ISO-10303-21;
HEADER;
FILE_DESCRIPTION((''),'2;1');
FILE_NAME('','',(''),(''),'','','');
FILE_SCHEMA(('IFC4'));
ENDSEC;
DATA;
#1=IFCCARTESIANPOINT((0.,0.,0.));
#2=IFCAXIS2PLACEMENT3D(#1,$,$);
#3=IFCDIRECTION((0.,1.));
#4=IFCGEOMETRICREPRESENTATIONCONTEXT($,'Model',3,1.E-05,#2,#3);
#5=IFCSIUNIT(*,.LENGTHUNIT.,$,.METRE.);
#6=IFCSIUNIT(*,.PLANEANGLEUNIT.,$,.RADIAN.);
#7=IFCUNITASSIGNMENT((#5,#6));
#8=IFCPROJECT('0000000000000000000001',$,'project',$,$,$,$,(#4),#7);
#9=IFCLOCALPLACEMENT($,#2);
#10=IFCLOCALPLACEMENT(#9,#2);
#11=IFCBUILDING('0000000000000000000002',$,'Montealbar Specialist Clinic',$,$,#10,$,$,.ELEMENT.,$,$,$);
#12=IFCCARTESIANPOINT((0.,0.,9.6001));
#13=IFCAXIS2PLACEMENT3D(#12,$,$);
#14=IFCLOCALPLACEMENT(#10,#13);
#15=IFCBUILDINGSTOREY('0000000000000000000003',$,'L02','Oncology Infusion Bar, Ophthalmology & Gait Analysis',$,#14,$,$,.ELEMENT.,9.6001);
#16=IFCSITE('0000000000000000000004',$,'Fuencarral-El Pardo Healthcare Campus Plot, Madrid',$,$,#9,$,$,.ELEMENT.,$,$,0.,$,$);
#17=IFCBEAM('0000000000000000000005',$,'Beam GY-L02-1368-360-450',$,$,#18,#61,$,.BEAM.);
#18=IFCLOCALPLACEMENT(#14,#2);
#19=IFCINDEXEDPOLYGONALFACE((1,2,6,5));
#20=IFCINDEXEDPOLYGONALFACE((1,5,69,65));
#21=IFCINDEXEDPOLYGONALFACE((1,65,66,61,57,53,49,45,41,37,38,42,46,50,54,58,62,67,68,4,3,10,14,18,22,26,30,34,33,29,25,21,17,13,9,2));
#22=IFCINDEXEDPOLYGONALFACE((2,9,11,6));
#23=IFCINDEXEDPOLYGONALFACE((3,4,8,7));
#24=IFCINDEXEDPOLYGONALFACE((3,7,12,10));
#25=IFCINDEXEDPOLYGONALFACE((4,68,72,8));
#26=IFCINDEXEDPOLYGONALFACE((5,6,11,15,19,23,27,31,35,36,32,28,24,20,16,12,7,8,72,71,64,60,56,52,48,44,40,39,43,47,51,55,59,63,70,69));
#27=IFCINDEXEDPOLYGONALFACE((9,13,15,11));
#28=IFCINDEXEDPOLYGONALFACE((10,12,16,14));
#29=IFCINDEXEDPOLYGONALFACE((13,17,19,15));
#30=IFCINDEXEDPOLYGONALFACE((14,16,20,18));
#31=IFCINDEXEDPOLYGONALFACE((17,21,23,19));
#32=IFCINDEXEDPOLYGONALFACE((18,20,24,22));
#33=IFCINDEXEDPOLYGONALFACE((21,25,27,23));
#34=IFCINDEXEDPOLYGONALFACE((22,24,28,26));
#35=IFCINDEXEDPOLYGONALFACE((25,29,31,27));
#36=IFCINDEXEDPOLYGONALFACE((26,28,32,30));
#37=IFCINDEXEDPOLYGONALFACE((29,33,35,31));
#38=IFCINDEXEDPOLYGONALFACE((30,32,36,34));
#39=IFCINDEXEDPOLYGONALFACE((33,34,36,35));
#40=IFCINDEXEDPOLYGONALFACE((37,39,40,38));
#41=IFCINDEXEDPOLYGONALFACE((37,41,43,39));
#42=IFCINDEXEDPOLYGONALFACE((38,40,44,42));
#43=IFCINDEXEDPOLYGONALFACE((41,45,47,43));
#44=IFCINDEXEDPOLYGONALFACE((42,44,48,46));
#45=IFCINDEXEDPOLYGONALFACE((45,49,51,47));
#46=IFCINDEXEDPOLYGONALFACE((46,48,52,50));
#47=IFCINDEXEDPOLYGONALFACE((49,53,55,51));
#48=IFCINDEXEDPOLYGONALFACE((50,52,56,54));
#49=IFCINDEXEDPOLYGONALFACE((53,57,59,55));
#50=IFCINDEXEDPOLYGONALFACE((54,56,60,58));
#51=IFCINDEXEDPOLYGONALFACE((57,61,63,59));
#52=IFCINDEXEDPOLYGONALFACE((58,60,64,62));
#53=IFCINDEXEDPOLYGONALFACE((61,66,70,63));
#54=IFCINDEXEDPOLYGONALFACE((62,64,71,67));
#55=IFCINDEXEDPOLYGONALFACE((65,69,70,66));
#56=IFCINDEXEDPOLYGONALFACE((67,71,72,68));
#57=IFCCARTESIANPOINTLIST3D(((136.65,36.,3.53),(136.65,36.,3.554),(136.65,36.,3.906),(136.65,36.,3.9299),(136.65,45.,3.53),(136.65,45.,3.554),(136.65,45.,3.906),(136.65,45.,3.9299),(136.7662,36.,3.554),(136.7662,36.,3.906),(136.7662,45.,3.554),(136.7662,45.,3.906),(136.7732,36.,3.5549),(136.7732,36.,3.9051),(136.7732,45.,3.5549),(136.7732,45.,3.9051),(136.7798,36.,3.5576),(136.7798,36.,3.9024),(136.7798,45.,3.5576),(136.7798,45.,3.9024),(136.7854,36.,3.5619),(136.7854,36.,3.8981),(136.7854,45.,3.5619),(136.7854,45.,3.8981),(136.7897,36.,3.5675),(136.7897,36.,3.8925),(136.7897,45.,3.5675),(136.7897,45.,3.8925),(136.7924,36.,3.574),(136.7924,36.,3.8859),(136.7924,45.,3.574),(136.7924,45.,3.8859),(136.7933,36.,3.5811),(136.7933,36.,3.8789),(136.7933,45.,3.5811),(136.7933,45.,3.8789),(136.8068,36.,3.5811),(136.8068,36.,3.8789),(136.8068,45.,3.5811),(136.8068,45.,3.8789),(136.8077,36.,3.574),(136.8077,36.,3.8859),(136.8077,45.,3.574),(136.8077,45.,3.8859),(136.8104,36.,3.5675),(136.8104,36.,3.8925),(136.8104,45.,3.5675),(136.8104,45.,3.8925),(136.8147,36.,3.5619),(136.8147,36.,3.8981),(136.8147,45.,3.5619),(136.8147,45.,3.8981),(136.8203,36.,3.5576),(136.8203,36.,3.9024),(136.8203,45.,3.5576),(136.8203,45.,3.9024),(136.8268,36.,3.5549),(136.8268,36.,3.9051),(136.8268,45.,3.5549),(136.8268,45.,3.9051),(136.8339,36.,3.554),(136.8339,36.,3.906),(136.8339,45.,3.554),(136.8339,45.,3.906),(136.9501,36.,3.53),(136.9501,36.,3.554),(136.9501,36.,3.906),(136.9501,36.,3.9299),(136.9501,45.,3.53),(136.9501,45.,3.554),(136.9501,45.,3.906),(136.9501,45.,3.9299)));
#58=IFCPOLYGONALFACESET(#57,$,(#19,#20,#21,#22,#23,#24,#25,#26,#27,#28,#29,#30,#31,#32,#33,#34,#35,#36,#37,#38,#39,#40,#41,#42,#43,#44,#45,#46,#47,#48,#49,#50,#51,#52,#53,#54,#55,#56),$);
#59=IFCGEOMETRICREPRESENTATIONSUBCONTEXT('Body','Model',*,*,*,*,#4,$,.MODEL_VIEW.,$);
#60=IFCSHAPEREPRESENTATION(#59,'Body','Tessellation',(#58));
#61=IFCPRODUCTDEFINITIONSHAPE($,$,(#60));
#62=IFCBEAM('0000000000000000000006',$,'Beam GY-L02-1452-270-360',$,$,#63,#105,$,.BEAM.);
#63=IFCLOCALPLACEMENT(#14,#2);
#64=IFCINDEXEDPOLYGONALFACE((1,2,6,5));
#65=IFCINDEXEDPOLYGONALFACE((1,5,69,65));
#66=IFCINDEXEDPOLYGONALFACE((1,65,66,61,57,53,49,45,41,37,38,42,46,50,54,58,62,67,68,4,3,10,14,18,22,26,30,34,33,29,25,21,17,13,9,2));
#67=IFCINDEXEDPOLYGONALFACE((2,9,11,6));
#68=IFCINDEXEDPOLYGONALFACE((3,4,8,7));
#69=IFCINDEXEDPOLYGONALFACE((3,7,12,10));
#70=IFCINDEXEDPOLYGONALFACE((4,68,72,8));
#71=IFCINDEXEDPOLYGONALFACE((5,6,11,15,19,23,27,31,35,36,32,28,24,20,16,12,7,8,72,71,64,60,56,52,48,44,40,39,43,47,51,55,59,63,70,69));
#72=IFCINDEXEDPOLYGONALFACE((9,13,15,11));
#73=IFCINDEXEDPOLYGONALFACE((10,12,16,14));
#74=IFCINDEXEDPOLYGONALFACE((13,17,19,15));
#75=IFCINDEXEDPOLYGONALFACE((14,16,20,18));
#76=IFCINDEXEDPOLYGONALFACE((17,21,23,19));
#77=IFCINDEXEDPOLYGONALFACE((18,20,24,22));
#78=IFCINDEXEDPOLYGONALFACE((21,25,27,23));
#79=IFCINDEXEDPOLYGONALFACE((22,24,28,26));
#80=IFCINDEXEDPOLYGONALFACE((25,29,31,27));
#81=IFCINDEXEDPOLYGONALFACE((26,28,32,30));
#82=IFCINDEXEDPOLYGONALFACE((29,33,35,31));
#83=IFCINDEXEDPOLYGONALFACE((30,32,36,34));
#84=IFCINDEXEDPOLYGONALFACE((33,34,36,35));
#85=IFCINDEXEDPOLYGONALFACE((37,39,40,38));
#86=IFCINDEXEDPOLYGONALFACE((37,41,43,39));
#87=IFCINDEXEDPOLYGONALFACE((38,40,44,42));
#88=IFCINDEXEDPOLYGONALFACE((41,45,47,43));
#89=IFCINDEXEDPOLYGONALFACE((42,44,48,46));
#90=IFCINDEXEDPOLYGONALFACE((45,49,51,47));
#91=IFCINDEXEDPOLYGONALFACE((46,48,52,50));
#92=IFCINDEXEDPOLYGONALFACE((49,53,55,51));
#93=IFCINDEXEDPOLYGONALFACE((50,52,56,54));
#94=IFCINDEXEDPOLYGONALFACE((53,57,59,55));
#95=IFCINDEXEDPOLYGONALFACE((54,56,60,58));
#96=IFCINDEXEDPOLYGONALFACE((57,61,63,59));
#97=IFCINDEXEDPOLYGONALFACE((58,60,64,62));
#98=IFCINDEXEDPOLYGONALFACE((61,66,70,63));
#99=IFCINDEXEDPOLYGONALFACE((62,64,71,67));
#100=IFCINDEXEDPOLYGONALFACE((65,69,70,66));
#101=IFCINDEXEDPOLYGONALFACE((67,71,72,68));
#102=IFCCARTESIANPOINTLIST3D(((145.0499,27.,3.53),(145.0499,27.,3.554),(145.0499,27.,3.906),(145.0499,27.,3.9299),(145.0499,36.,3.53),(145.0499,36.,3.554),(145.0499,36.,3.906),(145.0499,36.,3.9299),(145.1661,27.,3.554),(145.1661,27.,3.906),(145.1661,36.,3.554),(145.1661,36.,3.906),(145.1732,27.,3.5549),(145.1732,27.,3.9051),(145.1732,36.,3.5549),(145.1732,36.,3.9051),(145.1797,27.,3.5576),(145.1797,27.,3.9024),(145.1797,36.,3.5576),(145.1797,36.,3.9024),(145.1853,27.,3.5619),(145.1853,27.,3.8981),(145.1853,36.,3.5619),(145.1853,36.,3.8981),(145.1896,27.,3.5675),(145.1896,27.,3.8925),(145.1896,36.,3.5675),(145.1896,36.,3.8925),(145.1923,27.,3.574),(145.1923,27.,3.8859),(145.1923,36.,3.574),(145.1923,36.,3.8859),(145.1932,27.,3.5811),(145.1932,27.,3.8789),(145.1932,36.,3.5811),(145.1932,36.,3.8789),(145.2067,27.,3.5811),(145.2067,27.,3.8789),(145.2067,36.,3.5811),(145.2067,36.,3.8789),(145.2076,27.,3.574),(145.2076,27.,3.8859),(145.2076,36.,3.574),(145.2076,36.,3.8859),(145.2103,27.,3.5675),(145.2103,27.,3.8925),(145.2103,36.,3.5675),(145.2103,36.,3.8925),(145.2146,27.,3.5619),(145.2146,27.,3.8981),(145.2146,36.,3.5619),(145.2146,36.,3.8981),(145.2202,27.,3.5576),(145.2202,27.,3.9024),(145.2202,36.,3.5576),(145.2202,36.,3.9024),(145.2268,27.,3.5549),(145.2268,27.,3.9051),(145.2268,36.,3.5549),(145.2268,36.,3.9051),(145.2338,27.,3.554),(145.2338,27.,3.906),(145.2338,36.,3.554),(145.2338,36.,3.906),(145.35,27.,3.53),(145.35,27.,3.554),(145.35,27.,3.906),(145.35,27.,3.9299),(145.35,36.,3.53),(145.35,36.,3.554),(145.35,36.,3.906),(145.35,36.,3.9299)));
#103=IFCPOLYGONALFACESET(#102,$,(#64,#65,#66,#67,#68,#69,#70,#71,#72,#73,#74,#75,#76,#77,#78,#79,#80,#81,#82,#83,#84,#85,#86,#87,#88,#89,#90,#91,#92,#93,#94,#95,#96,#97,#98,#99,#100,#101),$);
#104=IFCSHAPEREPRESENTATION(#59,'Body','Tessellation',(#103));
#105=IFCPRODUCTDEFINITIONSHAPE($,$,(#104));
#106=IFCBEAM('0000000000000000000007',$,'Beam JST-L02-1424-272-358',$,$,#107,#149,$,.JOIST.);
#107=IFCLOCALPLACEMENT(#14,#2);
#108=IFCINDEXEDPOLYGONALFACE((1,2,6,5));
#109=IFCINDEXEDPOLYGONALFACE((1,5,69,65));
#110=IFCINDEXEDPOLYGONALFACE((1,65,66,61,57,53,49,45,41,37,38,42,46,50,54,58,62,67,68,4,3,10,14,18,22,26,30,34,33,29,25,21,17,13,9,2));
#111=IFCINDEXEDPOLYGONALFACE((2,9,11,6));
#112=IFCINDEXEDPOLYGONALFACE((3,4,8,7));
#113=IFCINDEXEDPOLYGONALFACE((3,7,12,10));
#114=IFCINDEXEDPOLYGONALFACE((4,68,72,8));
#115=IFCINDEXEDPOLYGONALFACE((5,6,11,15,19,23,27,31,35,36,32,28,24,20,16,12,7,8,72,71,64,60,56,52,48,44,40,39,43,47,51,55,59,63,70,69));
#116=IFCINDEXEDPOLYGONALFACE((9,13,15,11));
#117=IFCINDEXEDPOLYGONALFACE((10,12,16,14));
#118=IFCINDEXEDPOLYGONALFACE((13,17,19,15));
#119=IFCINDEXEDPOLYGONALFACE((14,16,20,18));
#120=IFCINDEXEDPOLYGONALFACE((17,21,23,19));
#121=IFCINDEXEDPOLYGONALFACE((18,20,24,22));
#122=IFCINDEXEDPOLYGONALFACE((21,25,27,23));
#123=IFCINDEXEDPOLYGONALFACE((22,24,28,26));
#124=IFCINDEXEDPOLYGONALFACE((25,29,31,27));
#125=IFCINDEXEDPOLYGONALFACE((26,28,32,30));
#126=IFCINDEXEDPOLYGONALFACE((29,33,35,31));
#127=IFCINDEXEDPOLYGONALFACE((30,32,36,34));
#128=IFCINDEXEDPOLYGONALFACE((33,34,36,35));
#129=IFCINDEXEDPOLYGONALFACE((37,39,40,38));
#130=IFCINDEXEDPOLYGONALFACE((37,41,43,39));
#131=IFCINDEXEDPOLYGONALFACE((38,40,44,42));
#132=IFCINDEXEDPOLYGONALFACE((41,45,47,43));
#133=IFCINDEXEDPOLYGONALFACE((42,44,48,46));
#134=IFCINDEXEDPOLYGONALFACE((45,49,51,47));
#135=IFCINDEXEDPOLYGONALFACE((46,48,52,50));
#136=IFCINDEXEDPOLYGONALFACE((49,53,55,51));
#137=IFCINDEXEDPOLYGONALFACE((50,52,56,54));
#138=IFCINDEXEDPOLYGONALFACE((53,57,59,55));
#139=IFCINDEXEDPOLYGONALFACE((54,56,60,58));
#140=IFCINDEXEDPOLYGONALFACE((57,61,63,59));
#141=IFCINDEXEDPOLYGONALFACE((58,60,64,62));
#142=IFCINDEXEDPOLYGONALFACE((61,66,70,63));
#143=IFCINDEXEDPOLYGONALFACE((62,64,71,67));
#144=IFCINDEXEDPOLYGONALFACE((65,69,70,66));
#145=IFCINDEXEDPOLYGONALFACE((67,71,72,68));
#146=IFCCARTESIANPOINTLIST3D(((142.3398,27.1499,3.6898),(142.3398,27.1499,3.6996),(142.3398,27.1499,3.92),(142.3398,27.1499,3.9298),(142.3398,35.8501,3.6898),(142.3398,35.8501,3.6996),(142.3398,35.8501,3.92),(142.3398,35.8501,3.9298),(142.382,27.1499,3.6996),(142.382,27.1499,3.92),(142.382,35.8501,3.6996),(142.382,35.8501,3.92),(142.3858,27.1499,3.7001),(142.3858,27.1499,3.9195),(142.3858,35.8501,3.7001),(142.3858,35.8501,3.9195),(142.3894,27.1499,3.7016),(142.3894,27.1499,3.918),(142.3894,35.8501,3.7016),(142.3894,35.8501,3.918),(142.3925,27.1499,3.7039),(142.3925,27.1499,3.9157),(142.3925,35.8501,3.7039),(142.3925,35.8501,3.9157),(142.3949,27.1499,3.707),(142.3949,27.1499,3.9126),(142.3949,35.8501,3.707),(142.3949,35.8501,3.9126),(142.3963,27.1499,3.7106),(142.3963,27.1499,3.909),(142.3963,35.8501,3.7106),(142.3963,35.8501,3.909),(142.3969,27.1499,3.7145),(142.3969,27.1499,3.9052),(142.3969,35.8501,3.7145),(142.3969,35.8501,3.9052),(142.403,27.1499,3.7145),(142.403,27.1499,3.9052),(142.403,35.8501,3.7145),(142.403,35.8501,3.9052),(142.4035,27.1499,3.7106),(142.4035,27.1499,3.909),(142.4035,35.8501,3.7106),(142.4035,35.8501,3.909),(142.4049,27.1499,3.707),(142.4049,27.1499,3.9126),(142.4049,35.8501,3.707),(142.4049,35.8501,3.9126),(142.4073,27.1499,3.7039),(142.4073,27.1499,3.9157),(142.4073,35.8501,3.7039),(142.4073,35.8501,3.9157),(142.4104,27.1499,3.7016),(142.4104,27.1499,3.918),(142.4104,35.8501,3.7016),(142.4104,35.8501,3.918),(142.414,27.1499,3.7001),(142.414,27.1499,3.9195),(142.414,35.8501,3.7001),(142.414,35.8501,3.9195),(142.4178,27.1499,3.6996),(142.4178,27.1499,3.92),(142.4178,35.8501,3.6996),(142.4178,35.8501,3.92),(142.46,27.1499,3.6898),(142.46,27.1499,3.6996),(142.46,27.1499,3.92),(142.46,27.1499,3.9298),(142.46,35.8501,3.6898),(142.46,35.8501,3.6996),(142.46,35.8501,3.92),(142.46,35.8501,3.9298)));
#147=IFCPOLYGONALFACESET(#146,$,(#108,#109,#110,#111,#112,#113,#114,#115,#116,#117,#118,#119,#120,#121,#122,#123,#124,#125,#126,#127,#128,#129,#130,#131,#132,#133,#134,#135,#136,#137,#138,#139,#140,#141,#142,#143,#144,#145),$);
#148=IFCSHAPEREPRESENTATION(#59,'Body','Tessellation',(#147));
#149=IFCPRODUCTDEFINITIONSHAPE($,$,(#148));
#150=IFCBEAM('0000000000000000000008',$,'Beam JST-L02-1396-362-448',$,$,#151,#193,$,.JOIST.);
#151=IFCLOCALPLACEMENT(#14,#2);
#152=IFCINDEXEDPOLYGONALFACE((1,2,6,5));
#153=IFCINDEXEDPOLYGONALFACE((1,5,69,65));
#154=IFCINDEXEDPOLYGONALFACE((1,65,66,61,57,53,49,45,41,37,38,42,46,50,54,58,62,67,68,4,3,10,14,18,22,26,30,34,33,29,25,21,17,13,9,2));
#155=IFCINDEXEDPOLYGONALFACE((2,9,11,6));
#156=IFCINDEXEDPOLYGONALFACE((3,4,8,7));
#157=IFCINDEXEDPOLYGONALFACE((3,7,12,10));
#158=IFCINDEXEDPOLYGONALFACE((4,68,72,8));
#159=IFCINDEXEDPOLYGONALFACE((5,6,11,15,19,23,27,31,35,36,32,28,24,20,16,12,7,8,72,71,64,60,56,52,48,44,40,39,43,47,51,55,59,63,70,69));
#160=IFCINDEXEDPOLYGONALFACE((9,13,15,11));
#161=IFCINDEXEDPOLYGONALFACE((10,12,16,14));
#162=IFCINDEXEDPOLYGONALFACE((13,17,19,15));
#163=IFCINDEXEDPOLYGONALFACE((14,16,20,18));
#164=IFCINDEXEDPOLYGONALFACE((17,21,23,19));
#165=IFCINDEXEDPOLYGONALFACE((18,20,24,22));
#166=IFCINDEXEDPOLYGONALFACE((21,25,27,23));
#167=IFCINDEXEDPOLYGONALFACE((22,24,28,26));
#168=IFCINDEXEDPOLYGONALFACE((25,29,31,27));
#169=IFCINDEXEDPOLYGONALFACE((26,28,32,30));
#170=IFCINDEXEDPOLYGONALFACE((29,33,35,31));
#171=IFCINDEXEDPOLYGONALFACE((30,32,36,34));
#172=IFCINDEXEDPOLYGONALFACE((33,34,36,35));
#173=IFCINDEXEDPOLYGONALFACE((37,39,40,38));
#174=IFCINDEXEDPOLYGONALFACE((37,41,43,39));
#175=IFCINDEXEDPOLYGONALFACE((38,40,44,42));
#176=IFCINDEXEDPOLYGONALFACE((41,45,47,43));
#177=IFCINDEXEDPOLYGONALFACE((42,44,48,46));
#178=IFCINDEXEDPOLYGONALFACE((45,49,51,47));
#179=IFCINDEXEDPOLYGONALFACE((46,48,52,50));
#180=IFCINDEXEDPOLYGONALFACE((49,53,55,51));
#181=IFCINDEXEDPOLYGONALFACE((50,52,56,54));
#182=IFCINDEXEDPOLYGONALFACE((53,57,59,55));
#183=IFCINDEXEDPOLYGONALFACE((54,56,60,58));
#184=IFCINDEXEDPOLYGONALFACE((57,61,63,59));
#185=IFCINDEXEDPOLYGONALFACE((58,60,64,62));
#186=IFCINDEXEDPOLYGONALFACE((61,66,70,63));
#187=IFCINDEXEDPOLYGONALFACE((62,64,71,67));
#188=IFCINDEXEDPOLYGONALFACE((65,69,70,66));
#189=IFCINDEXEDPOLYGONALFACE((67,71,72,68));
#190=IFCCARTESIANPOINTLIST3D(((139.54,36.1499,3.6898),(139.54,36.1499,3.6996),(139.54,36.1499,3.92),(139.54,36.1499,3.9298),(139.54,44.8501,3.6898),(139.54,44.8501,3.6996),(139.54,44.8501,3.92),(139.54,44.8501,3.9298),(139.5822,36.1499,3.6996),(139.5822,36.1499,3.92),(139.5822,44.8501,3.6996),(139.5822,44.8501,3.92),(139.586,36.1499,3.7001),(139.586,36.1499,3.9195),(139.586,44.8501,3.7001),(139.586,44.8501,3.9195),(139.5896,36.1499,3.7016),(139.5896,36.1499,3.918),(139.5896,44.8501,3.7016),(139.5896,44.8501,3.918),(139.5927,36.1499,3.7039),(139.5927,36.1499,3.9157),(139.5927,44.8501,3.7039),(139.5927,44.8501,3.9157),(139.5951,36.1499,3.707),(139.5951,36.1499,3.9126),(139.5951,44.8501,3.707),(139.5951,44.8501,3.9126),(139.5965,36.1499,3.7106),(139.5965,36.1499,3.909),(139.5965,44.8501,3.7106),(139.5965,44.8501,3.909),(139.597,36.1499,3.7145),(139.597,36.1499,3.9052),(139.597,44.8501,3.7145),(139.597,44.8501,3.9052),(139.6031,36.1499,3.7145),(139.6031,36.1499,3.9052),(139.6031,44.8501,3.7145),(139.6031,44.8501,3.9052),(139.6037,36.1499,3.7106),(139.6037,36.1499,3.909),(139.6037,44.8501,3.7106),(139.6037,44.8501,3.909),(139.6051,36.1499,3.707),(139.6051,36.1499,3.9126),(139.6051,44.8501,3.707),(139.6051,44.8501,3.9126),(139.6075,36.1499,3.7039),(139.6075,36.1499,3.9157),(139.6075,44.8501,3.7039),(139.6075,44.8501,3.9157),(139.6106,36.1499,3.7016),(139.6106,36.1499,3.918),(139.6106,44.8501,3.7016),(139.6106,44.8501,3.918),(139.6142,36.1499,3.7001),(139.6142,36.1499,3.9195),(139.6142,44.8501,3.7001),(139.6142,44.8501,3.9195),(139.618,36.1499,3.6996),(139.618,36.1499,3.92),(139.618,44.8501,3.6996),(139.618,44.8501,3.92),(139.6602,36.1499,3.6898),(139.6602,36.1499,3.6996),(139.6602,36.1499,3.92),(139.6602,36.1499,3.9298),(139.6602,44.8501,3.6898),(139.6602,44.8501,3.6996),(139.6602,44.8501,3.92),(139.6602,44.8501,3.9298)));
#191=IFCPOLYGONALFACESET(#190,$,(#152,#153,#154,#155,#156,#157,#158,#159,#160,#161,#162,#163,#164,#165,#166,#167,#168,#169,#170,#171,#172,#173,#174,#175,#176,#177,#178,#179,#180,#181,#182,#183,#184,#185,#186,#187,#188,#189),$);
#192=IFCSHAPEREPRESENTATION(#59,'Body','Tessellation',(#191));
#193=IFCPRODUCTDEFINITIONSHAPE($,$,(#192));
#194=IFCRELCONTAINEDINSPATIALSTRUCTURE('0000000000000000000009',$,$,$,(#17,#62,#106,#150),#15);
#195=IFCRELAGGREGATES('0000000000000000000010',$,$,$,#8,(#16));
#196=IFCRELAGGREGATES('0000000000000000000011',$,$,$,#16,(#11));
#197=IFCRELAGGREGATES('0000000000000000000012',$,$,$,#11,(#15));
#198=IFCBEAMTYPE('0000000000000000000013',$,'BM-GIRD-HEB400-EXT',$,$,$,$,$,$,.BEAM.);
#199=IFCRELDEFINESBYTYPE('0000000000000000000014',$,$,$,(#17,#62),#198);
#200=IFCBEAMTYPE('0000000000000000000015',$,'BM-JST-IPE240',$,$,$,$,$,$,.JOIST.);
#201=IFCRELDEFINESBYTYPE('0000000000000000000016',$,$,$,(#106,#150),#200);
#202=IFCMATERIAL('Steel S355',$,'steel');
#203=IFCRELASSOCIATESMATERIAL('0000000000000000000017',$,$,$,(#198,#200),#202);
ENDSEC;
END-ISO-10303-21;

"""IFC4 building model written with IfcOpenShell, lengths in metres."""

from ifc_helpers import new_model, si_unit, direction, frame, origin, origin_2d, place, context, subcontext, project, spatial, i_section, extrude, material, material_profile, profile_set, type_object, element, save


model = new_model("IFC4")

# Units and contexts
model_context = context("Model", 3, precision=1e-05, world=origin(), true_north=direction((0.0, 1.0)))
body_context = subcontext(model_context, "Body", "Model", "MODEL_VIEW")
ifc_project = project(units=[si_unit("LENGTHUNIT", "METRE"), si_unit("PLANEANGLEUNIT", "RADIAN")], contexts=[model_context])

# Site, building, storey
site_placement = place(None, origin())
site = spatial("IfcSite", under=ifc_project, at=site_placement, Name="Fuencarral-El Pardo Healthcare Campus Plot, Madrid", CompositionType="ELEMENT", RefElevation=0.0)
building_placement = place(site_placement, origin())
building = spatial("IfcBuilding", under=site, at=building_placement, Name="Montealbar Specialist Clinic", CompositionType="ELEMENT")
storey_placement = place(building_placement, frame((0.0, 0.0, 9.6001)))
storey = spatial("IfcBuildingStorey", under=building, at=storey_placement, Name="L02", Description="Oncology Infusion Bar, Ophthalmology & Gait Analysis", CompositionType="ELEMENT", Elevation=9.6001)

# Shared definitions
ifc_material_1 = material(Name="Steel S355", Category="steel")

# Beams
ifc_material_profile_1 = material_profile(ifc_material_1, i_section(OverallWidth=0.3, OverallDepth=0.3999, WebThickness=0.0134, FlangeThickness=0.0239, FilletRadius=0.0271, at=origin_2d()), Name="HEB 400", Category="steel")
ifc_profile_set_1 = profile_set([ifc_material_profile_1], Name="Steel S355")
beam_type_1 = type_object("IfcBeamType", Name="BM-GIRD-HEB400-EXT", PredefinedType="BEAM", material=ifc_profile_set_1)
for number, where, z_axis, x_axis, name in (
    (1, (136.8, 36.0, 3.73), (0.0, 1.0, 0.0), (-1.0, 0.0, 0.0), "Beam GY-L02-1368-360-450"),
    (2, (145.2, 27.0, 3.73), (0.0, 1.0, 0.0), (-1.0, 0.0, 0.0), "Beam GY-L02-1452-270-360"),
):
    element("IfcBeam", number, at=place(storey_placement, frame(where, z_axis=z_axis, x_axis=x_axis)), inside=storey, type_object=beam_type_1, Name=name, PredefinedType="BEAM", context=body_context, shape_type="SweptSolid", body=[
        extrude(i_section(OverallWidth=0.3, OverallDepth=0.3999, WebThickness=0.0134, FlangeThickness=0.0239, FilletRadius=0.0271, at=origin_2d()), origin(), (0.0, 0.0, 1.0), 9.0),
    ])
ifc_material_profile_2 = material_profile(ifc_material_1, i_section(OverallWidth=0.1201, OverallDepth=0.24, WebThickness=0.0061, FlangeThickness=0.0098, FilletRadius=0.0149, at=origin_2d()), Name="IPE 240", Category="steel")
ifc_profile_set_2 = profile_set([ifc_material_profile_2], Name="Steel S355")
beam_type_2 = type_object("IfcBeamType", Name="BM-JST-IPE240", PredefinedType="JOIST", material=ifc_profile_set_2)
for number, where, z_axis, x_axis, name in (
    (3, (142.3999, 27.1499, 3.8098), (0.0, 1.0, 0.0), (-1.0, 0.0, 0.0), "Beam JST-L02-1424-272-358"),
    (4, (139.6001, 36.1499, 3.8098), (0.0, 1.0, 0.0), (-1.0, 0.0, 0.0), "Beam JST-L02-1396-362-448"),
):
    element("IfcBeam", number, at=place(storey_placement, frame(where, z_axis=z_axis, x_axis=x_axis)), inside=storey, type_object=beam_type_2, Name=name, PredefinedType="JOIST", context=body_context, shape_type="SweptSolid", body=[
        extrude(i_section(OverallWidth=0.1201, OverallDepth=0.24, WebThickness=0.0061, FlangeThickness=0.0098, FilletRadius=0.0149, at=origin_2d()), origin(), (0.0, 0.0, 1.0), 8.7002),
    ])

save(model, "model.ifc")
